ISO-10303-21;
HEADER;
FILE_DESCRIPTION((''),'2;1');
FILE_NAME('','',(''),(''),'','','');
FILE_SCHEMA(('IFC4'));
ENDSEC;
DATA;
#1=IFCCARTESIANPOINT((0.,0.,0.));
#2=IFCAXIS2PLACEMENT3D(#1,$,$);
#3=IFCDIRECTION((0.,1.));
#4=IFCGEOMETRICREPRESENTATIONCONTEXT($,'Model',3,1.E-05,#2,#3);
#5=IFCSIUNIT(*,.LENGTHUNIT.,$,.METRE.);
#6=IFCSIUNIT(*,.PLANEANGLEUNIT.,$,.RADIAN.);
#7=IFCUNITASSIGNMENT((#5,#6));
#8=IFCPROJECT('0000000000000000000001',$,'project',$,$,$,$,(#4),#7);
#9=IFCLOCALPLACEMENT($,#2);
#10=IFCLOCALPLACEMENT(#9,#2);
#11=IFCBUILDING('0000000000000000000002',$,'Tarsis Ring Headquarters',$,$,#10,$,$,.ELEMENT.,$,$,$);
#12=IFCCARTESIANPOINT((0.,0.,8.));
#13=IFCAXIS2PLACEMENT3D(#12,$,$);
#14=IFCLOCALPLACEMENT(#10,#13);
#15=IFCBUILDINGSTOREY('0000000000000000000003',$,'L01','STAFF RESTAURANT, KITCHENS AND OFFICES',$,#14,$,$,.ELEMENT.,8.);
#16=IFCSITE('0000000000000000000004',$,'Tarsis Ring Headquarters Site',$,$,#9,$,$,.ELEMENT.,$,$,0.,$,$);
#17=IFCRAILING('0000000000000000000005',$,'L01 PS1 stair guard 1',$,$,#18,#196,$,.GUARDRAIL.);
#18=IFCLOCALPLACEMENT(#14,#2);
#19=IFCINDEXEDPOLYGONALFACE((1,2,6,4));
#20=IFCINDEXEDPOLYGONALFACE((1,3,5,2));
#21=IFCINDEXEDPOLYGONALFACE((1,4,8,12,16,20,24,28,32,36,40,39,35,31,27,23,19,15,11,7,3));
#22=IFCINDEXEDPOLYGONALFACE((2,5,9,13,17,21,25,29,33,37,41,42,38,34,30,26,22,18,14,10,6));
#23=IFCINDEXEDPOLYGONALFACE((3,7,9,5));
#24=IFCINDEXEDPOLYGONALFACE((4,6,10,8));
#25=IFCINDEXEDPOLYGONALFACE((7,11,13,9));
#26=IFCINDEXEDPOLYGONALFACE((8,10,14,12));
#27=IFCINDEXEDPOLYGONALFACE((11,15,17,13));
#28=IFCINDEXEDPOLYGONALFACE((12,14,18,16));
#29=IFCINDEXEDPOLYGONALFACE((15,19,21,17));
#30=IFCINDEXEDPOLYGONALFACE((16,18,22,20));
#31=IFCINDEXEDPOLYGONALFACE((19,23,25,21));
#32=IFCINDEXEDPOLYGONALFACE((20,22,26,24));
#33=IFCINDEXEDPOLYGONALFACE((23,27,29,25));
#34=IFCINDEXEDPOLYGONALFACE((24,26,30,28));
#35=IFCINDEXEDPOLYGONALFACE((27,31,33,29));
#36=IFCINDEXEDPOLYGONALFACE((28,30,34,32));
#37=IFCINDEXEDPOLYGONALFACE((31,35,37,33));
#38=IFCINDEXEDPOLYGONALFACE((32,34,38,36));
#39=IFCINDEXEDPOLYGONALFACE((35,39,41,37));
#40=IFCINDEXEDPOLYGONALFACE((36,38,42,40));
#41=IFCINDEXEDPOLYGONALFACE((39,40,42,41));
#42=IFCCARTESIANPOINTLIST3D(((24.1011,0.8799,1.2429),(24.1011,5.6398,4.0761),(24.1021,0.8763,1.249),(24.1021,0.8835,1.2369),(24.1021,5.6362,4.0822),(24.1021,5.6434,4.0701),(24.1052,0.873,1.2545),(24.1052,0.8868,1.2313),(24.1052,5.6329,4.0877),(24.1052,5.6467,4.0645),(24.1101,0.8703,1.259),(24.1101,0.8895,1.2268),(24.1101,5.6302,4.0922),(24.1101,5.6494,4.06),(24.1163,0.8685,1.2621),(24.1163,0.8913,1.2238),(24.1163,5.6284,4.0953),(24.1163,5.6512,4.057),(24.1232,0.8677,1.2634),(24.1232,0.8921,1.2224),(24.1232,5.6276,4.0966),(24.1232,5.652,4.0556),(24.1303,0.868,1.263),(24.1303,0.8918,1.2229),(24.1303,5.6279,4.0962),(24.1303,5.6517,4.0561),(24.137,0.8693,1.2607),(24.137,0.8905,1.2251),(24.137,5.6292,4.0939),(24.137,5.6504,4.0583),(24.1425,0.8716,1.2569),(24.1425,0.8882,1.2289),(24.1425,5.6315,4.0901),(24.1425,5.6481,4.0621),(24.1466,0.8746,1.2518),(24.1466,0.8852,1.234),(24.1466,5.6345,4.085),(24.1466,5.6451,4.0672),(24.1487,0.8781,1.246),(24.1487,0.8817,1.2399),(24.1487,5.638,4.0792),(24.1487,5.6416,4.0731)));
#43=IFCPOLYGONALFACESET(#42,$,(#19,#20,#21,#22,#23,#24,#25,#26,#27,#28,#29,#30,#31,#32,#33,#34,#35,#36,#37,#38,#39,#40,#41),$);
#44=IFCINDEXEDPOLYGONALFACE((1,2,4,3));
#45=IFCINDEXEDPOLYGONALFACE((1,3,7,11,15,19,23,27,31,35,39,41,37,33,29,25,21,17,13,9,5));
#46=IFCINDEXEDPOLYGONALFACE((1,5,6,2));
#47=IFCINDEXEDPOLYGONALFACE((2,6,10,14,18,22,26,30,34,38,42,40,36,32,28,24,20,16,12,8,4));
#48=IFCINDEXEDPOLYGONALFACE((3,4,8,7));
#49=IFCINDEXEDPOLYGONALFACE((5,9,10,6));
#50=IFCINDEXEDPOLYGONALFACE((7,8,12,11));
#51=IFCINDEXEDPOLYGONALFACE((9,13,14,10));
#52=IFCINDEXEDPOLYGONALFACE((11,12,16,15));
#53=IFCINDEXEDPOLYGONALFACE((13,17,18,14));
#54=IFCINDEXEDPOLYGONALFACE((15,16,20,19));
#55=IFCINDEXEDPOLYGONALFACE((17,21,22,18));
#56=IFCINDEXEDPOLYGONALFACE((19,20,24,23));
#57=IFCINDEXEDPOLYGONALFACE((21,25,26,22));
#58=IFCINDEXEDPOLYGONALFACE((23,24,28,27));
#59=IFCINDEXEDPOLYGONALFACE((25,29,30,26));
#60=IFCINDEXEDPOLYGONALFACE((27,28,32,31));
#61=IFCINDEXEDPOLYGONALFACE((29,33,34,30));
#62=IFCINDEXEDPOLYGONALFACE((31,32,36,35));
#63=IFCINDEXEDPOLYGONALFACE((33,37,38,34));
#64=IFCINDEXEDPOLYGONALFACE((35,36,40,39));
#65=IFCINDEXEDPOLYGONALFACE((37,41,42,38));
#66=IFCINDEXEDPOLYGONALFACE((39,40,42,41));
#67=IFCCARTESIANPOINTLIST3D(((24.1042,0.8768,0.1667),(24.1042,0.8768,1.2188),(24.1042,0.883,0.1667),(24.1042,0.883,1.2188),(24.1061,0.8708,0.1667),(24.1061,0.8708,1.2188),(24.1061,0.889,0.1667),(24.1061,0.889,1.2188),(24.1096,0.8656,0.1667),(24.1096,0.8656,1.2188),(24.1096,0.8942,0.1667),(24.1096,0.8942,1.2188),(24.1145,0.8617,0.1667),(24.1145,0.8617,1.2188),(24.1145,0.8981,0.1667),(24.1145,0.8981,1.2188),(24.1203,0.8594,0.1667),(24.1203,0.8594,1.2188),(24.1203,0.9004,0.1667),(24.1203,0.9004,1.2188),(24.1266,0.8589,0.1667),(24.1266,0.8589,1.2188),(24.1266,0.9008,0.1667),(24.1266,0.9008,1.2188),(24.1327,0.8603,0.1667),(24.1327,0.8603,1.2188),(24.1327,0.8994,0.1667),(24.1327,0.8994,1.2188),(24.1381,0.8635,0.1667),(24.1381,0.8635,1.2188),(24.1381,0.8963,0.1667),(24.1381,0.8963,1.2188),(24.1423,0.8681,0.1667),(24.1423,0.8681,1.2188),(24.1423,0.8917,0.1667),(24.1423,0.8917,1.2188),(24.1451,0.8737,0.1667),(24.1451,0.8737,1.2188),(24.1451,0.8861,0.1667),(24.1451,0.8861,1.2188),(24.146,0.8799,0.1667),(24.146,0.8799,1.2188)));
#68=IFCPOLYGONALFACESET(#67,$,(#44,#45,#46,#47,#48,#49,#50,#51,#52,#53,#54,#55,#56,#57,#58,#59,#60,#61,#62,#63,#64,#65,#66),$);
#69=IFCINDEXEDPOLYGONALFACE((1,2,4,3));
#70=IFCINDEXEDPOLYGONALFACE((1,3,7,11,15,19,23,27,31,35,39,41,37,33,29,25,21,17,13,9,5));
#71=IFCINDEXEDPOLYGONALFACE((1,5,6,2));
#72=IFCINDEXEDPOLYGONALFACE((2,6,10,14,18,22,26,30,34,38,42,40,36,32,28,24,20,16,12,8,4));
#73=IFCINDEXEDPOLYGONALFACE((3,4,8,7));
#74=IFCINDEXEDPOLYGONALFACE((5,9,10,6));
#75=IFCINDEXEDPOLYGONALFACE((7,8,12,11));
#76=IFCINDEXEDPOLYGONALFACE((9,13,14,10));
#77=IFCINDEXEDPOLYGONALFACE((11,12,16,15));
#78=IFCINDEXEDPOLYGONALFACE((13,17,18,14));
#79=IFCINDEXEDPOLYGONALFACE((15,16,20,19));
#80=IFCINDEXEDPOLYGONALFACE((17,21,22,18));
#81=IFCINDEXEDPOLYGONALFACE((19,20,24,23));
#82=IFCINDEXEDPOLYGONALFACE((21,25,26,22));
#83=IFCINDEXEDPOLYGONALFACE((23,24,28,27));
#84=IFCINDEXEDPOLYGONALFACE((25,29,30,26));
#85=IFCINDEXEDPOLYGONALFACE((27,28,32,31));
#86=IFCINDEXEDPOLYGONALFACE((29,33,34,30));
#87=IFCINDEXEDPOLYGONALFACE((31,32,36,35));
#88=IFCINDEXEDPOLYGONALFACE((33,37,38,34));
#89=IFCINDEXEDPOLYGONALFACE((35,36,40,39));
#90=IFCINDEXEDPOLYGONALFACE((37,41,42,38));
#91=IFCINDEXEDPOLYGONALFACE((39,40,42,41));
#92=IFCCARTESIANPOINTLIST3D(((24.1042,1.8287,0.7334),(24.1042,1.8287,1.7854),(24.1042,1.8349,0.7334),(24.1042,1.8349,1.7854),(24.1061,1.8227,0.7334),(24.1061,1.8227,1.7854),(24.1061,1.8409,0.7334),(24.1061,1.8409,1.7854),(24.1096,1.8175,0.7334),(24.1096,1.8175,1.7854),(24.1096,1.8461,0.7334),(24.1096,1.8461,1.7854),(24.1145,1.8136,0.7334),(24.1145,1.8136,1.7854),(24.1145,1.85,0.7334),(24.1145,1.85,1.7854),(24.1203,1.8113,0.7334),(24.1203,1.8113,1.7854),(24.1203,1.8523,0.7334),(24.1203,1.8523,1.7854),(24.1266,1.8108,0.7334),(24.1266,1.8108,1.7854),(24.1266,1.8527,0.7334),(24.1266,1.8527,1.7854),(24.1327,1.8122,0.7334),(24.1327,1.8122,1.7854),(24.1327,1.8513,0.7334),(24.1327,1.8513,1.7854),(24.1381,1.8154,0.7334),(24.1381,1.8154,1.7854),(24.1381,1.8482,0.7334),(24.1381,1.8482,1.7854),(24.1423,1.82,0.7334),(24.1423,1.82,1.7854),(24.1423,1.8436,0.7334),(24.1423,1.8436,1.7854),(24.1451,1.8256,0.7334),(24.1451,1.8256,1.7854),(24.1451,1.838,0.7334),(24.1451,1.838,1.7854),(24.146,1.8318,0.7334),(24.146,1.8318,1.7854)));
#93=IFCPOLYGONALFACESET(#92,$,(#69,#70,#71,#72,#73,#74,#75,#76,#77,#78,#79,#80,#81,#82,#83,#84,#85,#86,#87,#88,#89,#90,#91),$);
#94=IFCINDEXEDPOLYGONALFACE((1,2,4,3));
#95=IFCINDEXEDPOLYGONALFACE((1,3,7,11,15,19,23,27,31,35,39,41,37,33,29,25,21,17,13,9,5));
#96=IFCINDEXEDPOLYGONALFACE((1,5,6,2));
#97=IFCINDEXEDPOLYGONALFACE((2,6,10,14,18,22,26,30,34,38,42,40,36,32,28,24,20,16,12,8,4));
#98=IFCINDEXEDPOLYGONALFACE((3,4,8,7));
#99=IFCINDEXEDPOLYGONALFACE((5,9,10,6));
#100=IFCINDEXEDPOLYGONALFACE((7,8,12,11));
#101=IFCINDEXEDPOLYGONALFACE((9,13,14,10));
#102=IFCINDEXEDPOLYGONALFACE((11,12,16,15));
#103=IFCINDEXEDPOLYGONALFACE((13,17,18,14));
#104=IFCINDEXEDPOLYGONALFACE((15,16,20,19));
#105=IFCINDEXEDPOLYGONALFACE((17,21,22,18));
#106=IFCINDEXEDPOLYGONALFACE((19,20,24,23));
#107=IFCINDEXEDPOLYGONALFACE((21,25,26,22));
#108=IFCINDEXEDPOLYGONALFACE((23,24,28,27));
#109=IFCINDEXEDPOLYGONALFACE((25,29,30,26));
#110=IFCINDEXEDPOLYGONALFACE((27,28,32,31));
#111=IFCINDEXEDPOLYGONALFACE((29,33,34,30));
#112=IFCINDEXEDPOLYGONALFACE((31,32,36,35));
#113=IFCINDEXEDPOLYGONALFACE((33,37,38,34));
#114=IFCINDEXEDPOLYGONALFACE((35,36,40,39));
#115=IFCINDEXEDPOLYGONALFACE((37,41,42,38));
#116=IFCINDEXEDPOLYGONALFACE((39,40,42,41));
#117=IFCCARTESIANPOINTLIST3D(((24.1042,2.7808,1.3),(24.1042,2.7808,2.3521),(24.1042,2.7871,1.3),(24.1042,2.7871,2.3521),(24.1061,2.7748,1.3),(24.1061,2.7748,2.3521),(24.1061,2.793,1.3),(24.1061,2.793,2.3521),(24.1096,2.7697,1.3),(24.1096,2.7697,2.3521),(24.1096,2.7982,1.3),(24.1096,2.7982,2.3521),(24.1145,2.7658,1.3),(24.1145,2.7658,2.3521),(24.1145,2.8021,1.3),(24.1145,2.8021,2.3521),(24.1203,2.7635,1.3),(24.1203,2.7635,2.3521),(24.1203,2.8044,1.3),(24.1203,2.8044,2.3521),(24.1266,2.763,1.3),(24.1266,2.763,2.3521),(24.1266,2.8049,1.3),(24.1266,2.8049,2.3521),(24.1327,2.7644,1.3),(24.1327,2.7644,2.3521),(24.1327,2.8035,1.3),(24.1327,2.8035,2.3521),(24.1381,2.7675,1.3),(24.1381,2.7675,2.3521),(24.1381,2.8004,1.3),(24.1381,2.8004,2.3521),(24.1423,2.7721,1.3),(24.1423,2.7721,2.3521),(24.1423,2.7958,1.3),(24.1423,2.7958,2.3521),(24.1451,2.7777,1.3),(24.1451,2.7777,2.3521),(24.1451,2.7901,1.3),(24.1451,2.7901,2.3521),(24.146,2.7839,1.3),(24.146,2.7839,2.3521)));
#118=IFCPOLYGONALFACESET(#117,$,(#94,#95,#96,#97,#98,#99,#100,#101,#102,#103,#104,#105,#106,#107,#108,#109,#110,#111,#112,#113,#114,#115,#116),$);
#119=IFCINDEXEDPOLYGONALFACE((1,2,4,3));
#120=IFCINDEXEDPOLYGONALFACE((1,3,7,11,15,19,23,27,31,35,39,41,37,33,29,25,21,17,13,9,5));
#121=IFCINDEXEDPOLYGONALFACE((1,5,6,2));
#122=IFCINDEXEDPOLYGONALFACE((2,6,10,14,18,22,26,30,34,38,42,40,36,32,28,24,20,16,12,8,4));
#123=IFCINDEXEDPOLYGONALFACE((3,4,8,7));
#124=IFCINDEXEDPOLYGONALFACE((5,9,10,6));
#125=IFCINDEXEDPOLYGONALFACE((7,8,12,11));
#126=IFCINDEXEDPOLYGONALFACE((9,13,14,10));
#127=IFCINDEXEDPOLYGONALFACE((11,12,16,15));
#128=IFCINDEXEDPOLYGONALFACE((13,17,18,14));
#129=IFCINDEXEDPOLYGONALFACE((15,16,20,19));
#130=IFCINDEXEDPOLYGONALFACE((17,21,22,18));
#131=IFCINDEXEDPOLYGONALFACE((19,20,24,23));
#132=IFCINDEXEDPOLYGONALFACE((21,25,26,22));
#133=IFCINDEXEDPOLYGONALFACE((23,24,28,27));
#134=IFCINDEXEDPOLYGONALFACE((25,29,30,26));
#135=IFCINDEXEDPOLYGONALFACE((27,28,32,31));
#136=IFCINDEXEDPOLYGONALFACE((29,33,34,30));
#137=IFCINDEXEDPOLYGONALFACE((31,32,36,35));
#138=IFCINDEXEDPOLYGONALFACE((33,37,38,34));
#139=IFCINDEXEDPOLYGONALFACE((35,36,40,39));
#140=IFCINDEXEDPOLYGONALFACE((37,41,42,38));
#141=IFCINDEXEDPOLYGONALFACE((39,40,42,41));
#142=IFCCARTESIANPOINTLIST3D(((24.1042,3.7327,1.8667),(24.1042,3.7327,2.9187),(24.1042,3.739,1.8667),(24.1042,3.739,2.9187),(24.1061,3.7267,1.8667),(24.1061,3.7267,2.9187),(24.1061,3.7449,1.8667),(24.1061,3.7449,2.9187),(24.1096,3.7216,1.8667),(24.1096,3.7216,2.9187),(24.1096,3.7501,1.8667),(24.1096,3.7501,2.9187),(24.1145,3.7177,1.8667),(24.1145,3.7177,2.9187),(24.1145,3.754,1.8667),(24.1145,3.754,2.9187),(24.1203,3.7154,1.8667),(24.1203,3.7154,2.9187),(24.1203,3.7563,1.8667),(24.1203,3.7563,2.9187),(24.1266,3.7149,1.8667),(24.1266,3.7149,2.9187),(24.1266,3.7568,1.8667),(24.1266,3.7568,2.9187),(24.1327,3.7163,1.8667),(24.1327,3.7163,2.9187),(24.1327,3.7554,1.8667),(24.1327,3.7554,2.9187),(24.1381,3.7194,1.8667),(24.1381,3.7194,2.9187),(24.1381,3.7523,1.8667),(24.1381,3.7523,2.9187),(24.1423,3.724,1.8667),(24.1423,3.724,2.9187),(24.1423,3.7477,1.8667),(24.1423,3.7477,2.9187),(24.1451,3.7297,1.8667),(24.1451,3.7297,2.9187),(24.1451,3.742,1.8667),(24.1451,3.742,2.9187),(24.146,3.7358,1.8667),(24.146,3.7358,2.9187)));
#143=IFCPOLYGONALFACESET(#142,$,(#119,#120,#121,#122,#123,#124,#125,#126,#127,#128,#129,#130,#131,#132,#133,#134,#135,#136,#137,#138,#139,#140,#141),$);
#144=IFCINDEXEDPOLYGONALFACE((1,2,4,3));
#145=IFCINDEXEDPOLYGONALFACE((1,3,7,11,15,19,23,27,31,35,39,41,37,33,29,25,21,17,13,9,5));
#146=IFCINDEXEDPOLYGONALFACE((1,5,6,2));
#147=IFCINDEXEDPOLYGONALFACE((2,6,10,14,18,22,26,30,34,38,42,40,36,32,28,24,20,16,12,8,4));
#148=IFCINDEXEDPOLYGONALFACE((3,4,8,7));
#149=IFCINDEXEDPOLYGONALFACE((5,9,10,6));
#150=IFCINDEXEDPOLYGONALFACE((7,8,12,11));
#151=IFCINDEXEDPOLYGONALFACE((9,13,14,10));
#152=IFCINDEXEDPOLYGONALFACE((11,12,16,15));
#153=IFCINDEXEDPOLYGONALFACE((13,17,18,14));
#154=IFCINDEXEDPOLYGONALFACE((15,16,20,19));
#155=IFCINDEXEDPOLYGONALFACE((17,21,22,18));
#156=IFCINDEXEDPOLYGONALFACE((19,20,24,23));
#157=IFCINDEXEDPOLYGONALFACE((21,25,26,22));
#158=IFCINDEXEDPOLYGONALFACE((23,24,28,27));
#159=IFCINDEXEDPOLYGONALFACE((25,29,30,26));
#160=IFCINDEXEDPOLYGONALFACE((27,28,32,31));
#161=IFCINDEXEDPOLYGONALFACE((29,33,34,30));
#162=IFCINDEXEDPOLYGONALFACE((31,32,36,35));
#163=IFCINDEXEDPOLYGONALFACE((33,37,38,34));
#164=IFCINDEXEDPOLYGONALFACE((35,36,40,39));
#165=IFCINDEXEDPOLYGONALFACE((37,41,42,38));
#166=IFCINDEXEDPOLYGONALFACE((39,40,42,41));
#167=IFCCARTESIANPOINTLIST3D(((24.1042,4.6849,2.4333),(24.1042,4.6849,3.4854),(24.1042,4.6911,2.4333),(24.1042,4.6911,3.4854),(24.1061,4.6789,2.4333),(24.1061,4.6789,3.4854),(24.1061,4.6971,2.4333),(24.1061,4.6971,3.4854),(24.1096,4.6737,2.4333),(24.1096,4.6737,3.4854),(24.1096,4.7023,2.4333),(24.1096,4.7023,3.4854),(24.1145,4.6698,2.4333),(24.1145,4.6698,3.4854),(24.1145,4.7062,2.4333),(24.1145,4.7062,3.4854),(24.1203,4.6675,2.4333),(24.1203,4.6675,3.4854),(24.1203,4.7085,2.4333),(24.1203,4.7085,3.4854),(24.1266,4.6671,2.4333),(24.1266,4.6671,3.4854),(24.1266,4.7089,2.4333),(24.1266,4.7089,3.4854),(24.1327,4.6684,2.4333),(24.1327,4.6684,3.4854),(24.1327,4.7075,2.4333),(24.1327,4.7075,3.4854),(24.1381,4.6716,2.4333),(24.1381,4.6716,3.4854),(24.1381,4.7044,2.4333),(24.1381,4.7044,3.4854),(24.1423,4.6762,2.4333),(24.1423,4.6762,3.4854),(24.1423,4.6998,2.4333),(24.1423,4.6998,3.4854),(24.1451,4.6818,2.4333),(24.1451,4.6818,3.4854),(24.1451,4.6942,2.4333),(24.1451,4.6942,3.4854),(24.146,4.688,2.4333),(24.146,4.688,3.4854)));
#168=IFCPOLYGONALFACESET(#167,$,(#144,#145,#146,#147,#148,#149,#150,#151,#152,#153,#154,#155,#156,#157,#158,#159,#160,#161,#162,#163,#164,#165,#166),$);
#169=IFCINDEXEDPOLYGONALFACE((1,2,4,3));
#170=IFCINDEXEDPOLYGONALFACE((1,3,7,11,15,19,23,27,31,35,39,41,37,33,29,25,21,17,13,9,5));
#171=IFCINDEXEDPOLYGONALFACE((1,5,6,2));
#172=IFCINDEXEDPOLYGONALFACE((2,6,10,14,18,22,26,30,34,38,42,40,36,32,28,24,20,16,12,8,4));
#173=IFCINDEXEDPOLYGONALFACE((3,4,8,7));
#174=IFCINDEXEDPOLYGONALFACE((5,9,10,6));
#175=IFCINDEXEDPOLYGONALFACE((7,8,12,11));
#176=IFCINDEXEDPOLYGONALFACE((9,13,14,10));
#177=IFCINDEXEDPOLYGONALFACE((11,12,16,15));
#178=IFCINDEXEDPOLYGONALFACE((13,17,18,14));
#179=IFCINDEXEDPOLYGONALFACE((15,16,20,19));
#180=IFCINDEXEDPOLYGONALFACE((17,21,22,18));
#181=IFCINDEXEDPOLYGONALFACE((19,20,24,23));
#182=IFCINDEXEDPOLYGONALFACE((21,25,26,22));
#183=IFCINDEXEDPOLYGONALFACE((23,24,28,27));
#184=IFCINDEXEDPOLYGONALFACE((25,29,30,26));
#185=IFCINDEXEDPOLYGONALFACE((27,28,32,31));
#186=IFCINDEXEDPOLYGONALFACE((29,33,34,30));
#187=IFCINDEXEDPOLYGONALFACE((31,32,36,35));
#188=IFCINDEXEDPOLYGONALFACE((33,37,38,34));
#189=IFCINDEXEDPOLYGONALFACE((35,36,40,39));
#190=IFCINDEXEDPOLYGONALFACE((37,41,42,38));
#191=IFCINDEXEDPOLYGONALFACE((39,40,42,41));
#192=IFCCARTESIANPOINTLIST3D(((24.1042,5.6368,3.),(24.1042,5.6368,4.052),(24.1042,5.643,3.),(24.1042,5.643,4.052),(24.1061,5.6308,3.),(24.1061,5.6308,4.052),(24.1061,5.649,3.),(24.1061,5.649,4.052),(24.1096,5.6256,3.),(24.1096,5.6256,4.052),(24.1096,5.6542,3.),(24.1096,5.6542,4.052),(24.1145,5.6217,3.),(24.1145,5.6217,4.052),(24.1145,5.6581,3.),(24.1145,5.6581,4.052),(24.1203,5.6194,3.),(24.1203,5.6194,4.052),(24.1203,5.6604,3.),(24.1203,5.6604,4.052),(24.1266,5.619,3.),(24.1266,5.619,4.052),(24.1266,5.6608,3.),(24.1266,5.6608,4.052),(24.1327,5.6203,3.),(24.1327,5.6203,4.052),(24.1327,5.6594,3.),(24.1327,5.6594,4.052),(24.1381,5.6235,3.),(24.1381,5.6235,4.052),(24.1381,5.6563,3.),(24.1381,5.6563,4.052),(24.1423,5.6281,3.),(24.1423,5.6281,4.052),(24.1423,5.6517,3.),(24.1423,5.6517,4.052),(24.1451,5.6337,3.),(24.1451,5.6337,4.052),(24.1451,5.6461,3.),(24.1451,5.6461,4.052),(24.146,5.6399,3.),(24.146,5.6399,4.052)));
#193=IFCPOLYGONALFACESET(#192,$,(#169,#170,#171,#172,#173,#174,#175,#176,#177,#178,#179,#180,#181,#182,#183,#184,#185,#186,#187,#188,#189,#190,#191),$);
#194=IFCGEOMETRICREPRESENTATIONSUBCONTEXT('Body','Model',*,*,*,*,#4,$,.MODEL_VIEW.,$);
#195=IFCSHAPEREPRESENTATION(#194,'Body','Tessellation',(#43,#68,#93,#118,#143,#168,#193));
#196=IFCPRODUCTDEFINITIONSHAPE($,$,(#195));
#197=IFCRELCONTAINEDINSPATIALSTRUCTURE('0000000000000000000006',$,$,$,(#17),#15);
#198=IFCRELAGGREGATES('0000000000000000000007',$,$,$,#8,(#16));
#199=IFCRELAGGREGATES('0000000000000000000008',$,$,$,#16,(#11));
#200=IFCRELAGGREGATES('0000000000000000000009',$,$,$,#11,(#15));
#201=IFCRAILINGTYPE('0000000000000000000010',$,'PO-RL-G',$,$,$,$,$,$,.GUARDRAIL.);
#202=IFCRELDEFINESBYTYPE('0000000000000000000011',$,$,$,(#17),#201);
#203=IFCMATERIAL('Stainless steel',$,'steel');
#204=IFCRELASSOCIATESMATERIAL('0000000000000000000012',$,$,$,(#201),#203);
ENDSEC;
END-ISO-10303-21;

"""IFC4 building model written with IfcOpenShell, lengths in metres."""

from ifc_helpers import new_model, si_unit, direction, frame, origin, origin_2d, place, context, subcontext, project, spatial, circle, extrude, material, type_object, element, save


model = new_model("IFC4")

# Units and contexts
model_context = context("Model", 3, precision=1e-05, world=origin(), true_north=direction((0.0, 1.0)))
body_context = subcontext(model_context, "Body", "Model", "MODEL_VIEW")
ifc_project = project(units=[si_unit("LENGTHUNIT", "METRE"), si_unit("PLANEANGLEUNIT", "RADIAN")], contexts=[model_context])

# Site, building, storey
site_placement = place(None, origin())
site = spatial("IfcSite", under=ifc_project, at=site_placement, Name="Tarsis Ring Headquarters Site", CompositionType="ELEMENT", RefElevation=0.0)
building_placement = place(site_placement, origin())
building = spatial("IfcBuilding", under=site, at=building_placement, Name="Tarsis Ring Headquarters", CompositionType="ELEMENT")
storey_placement = place(building_placement, frame((0.0, 0.0, 8.0)))
storey = spatial("IfcBuildingStorey", under=building, at=storey_placement, Name="L01", Description="STAFF RESTAURANT, KITCHENS AND OFFICES", CompositionType="ELEMENT", Elevation=8.0)

# Railing
ifc_material_1 = material(Name="Stainless steel", Category="steel")
railing_type_1 = type_object("IfcRailingType", Name="PO-RL-G", PredefinedType="GUARDRAIL", material=ifc_material_1)
railing_1_placement = place(storey_placement, frame((24.125, 0.8799, 0.1667)))
element("IfcRailing", 1, at=railing_1_placement, inside=storey, type_object=railing_type_1, Name="L01 PS1 stair guard 1", PredefinedType="GUARDRAIL", context=body_context, shape_type="SweptSolid", body=[
    extrude(circle(Radius=0.0239, at=origin_2d()), frame((0.0, 0.0, 1.0762), z_axis=(0.0, 0.8593, 0.511472), x_axis=(-1.0, 0.0, 0.0)), (0.0, 0.0, 1.0), 5.5393),
    extrude(circle(Radius=0.021, at=origin_2d()), origin(), (0.0, 0.0, 1.0), 1.052),
    extrude(circle(Radius=0.021, at=origin_2d()), frame((0.0, 0.9519, 0.5667)), (0.0, 0.0, 1.0), 1.052),
    extrude(circle(Radius=0.021, at=origin_2d()), frame((0.0, 1.9041, 1.1333)), (0.0, 0.0, 1.0), 1.052),
    extrude(circle(Radius=0.021, at=origin_2d()), frame((0.0, 2.856, 1.7)), (0.0, 0.0, 1.0), 1.052),
    extrude(circle(Radius=0.021, at=origin_2d()), frame((0.0, 3.8081, 2.2666)), (0.0, 0.0, 1.0), 1.052),
    extrude(circle(Radius=0.021, at=origin_2d()), frame((0.0, 4.76, 2.8333)), (0.0, 0.0, 1.0), 1.052),
])

save(model, "model.ifc")
